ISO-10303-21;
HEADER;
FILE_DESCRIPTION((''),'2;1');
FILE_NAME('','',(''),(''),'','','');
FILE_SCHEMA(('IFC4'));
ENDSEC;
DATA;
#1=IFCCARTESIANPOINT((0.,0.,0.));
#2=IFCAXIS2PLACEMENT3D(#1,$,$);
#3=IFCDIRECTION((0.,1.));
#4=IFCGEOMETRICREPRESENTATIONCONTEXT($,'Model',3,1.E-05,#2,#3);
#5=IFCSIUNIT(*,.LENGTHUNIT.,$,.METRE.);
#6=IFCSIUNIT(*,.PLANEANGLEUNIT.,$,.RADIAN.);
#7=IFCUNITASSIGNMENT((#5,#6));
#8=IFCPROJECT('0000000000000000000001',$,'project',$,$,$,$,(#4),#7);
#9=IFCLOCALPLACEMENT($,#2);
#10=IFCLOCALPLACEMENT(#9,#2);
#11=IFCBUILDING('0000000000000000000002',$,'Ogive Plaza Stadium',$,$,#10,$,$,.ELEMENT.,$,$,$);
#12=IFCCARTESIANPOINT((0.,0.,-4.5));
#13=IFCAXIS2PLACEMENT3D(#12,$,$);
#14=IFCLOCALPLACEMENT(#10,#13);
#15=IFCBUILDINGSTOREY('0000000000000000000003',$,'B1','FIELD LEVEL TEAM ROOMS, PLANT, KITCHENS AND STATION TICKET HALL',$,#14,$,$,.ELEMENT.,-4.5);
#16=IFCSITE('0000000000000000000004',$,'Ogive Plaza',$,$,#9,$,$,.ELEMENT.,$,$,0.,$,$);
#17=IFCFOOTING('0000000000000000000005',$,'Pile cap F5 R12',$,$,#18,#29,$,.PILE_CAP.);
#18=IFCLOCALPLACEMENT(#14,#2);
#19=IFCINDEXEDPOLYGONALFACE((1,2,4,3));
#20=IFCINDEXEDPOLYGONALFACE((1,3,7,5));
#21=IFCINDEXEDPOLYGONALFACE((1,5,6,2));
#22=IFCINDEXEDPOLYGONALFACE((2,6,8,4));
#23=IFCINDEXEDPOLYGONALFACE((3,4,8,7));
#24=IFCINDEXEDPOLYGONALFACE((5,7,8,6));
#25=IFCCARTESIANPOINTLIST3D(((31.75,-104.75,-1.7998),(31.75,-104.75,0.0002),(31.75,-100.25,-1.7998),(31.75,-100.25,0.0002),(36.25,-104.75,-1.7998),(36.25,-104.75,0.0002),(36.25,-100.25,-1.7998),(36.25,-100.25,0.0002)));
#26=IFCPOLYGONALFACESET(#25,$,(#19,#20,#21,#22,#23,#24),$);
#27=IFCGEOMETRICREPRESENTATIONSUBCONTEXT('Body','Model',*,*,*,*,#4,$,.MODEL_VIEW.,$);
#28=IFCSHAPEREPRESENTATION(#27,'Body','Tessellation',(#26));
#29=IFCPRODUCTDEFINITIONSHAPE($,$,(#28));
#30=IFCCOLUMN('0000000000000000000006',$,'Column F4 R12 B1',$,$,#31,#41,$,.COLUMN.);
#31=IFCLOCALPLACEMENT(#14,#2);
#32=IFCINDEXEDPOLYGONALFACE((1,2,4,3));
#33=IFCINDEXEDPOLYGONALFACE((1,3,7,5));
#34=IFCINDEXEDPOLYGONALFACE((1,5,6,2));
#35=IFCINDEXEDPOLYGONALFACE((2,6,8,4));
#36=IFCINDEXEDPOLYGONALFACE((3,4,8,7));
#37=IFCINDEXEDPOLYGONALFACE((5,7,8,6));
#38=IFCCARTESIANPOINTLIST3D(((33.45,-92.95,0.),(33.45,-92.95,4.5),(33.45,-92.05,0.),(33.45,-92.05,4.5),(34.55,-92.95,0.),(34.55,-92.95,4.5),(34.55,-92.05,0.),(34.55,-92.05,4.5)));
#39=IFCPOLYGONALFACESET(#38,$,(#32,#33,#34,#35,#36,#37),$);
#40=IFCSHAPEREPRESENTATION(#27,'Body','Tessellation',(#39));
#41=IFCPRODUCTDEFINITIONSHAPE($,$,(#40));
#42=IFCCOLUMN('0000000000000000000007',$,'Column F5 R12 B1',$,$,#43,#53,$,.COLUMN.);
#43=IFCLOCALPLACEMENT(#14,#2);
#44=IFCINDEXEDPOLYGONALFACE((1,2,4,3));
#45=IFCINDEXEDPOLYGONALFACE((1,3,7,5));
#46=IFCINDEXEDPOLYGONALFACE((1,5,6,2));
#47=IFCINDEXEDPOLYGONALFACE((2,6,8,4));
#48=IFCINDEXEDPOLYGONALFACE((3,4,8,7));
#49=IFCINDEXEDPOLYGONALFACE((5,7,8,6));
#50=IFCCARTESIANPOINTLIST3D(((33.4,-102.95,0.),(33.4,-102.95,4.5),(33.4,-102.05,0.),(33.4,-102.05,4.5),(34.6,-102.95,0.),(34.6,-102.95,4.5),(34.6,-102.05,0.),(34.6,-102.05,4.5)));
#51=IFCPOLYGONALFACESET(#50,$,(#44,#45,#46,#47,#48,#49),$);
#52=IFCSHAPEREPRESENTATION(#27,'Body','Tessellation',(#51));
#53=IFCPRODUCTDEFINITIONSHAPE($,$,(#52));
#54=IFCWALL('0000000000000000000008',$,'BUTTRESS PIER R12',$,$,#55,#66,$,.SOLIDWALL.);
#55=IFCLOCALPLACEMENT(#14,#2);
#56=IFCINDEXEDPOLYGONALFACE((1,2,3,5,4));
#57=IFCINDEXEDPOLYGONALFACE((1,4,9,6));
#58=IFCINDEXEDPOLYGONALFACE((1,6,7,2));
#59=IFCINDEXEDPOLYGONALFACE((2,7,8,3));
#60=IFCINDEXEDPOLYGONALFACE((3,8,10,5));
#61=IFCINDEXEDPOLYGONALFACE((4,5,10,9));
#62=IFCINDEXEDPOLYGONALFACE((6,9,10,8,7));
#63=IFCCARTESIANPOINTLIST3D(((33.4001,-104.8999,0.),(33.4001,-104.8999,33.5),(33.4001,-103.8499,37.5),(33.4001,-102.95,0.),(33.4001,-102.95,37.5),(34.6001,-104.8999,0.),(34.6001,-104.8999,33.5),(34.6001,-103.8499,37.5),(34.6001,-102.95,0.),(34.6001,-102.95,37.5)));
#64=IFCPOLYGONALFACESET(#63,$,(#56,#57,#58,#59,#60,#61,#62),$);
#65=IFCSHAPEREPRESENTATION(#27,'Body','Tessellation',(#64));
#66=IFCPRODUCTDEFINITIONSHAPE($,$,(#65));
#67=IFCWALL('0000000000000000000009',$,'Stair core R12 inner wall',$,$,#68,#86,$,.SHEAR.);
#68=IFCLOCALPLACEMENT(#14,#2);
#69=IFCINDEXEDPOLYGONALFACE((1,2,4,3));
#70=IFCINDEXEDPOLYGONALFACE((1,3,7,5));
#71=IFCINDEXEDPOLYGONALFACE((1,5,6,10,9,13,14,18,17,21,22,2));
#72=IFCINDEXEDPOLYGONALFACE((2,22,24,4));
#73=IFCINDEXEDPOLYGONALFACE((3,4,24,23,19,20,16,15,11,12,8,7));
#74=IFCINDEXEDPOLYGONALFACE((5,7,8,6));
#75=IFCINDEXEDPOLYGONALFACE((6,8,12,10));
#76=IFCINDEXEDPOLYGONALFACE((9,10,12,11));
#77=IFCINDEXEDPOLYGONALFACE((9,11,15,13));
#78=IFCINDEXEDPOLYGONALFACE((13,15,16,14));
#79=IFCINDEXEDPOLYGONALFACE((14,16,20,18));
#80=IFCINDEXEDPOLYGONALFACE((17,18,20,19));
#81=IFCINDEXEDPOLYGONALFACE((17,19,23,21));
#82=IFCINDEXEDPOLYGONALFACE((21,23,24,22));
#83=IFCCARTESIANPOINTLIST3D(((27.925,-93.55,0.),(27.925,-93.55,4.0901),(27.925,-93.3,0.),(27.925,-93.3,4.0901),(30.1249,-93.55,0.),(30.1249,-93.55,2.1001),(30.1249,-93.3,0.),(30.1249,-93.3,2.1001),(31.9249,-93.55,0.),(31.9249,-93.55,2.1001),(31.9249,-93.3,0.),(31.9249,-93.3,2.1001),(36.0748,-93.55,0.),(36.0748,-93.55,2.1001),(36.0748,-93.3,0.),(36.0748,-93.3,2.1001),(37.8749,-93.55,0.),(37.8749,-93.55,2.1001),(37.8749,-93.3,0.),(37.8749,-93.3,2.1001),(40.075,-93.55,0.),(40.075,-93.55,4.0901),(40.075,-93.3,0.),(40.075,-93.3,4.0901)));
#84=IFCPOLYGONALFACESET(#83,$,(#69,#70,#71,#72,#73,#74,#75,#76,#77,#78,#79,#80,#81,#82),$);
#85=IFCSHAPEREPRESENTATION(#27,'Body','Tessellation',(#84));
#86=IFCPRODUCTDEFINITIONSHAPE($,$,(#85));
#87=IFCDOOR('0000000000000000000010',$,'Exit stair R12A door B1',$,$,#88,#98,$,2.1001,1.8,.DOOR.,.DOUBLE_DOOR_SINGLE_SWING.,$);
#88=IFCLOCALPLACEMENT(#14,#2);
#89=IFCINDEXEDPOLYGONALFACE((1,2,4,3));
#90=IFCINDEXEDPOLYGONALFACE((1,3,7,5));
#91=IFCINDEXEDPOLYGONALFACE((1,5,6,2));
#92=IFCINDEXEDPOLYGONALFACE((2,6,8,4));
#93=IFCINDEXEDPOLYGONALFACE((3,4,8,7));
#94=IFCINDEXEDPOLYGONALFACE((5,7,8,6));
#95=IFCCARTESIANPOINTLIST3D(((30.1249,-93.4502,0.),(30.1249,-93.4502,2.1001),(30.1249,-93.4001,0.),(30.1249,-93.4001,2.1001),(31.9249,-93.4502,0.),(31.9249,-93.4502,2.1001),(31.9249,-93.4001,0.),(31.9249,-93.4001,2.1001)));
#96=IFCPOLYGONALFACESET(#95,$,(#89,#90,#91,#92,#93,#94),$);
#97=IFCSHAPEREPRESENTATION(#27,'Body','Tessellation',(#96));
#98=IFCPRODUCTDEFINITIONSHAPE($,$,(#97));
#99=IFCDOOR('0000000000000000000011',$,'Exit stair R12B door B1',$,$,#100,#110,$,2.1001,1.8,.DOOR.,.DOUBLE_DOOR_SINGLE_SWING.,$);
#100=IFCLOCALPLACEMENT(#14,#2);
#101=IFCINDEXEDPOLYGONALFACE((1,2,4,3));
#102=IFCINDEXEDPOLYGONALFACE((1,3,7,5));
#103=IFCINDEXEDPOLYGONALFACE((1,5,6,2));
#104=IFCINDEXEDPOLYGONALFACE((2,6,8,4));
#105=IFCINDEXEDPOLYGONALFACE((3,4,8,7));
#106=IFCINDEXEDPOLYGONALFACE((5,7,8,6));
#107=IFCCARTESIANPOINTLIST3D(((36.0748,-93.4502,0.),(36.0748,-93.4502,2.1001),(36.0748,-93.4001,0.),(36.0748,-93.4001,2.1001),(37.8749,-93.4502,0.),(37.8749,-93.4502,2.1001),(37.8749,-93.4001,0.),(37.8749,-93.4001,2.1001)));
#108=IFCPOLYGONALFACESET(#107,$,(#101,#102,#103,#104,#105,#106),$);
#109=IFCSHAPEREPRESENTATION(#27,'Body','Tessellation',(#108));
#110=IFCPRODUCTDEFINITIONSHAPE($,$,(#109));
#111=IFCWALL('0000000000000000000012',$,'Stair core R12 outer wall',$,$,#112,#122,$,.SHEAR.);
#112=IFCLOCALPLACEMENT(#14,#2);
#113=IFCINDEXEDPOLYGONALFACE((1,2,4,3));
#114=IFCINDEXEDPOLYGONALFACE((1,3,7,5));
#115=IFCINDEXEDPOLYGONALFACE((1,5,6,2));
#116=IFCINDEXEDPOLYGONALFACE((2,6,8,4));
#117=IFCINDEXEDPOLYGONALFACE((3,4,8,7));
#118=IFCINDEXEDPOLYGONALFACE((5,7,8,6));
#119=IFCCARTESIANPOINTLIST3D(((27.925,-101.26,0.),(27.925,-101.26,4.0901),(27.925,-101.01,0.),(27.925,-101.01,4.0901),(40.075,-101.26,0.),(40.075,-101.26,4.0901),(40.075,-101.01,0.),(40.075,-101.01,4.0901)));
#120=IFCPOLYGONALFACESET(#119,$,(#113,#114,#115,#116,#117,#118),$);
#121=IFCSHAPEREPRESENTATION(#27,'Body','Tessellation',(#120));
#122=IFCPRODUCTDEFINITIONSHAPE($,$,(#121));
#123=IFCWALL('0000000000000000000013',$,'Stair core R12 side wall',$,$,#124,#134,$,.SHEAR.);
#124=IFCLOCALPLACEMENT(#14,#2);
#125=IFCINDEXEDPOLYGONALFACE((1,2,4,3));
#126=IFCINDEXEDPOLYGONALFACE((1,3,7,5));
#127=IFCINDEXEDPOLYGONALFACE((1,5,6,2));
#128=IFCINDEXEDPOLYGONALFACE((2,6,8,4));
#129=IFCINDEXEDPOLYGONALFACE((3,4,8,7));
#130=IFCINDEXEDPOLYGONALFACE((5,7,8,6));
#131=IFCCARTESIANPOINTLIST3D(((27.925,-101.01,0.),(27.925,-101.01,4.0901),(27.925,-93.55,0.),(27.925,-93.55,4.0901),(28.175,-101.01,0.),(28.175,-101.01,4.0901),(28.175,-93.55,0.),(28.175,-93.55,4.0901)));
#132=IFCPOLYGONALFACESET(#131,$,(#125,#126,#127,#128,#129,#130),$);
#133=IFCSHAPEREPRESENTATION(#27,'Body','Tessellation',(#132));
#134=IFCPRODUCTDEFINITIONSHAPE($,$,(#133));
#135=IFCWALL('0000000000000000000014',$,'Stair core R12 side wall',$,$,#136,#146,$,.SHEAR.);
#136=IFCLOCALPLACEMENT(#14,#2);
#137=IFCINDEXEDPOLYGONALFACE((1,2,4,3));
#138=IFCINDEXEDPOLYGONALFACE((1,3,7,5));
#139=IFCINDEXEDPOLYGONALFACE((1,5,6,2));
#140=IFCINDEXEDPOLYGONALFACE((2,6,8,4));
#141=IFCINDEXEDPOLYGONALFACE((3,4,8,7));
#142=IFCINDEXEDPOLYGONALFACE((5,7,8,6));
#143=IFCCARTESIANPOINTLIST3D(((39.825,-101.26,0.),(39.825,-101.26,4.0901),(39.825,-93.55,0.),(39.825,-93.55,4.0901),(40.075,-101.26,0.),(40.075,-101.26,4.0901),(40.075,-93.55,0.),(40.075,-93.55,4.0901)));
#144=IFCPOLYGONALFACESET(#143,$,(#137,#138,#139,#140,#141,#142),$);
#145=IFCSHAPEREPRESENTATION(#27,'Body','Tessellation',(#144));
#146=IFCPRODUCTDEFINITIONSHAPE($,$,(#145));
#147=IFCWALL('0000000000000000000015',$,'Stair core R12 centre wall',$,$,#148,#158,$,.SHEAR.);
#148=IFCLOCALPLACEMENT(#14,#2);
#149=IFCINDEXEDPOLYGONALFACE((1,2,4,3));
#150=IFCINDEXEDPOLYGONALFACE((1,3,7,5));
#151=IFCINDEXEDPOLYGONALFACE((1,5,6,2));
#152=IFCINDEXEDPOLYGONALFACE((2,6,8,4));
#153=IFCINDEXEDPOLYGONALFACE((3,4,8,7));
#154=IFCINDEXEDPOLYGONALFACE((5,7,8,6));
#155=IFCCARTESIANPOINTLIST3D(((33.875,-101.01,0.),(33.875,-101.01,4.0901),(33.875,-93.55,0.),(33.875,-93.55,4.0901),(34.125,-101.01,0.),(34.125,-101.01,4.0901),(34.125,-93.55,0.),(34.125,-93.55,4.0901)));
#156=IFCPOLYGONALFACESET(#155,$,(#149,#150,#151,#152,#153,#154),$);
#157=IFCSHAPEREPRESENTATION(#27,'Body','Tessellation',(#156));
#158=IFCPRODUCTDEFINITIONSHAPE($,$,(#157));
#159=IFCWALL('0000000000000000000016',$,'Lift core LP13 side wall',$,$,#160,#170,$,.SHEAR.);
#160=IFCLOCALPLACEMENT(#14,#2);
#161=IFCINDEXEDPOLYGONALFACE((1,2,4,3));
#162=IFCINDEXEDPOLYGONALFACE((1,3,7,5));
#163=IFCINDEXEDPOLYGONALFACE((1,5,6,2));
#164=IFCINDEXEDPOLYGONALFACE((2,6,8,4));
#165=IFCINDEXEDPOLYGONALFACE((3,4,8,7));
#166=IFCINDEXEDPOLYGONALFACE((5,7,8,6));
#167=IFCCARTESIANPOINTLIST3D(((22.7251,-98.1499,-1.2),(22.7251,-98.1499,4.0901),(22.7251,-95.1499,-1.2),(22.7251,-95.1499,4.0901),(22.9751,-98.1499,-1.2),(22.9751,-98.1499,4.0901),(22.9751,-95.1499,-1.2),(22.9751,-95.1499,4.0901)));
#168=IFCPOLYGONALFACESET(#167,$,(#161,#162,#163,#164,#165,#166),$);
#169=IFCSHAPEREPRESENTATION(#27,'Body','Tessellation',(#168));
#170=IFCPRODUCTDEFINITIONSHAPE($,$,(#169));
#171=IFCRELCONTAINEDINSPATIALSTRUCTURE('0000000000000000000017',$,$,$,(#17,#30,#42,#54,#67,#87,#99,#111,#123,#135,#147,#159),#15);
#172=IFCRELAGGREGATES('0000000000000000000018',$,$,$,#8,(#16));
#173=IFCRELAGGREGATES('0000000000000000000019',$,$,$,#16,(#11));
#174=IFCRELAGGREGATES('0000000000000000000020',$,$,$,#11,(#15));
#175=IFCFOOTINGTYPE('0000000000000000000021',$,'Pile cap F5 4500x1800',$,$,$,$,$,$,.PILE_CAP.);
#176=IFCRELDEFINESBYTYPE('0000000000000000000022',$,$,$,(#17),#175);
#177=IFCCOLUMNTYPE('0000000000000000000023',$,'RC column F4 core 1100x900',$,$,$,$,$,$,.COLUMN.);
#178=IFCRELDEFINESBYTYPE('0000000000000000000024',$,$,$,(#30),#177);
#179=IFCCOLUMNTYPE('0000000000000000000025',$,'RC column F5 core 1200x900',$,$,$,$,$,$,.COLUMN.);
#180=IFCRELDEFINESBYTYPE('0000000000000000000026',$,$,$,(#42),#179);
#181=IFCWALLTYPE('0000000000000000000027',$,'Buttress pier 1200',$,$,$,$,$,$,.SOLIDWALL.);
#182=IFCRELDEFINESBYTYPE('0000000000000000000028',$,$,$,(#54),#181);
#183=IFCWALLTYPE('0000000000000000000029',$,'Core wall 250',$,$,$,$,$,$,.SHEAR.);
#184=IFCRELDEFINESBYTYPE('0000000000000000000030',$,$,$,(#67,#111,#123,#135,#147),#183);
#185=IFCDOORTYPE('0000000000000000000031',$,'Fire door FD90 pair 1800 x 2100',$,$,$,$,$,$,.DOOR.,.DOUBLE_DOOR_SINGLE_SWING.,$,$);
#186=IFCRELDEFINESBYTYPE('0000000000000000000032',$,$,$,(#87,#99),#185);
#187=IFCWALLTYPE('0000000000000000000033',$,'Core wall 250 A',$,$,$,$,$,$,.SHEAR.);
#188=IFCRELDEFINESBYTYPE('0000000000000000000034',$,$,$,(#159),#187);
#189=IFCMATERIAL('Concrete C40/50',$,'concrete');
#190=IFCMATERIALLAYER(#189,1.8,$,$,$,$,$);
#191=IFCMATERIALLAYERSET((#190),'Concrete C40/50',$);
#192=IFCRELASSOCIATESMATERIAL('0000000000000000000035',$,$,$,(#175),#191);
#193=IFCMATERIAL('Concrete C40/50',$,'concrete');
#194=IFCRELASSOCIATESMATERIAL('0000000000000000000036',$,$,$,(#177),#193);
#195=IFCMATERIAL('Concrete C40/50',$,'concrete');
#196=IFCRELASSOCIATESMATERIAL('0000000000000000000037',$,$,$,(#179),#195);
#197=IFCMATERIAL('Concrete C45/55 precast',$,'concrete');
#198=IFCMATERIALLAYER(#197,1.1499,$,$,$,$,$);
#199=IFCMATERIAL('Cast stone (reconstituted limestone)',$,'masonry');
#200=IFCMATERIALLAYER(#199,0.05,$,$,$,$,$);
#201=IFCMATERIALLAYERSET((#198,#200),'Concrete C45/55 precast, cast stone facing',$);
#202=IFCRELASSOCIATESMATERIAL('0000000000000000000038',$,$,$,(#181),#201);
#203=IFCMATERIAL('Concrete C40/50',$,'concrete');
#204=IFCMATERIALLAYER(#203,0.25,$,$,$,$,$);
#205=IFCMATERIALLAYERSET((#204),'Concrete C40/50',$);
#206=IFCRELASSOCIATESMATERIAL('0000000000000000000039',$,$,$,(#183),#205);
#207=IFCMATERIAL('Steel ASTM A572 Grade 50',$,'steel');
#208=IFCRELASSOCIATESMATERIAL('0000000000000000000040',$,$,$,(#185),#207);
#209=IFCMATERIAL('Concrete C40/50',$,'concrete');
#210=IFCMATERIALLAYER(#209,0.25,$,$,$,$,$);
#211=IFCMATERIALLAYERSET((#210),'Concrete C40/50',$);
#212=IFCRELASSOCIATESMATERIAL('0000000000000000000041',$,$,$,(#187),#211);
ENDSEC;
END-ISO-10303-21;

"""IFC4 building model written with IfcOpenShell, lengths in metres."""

from ifc_helpers import new_model, si_unit, direction, frame, frame_2d, origin, origin_2d, place, context, subcontext, project, spatial, polyline, rectangle, outline, extrude, material, layer, layer_set, material_profile, profile_set, type_object, element, fill, save


model = new_model("IFC4")

# Units and contexts
model_context = context("Model", 3, precision=1e-05, world=origin(), true_north=direction((0.0, 1.0)))
body_context = subcontext(model_context, "Body", "Model", "MODEL_VIEW")
ifc_project = project(units=[si_unit("LENGTHUNIT", "METRE"), si_unit("PLANEANGLEUNIT", "RADIAN")], contexts=[model_context])

# Site, building, storey
site_placement = place(None, origin())
site = spatial("IfcSite", under=ifc_project, at=site_placement, Name="Ogive Plaza", CompositionType="ELEMENT", RefElevation=0.0)
building_placement = place(site_placement, origin())
building = spatial("IfcBuilding", under=site, at=building_placement, Name="Ogive Plaza Stadium", CompositionType="ELEMENT")
storey_placement = place(building_placement, frame((0.0, 0.0, -4.5)))
storey = spatial("IfcBuildingStorey", under=building, at=storey_placement, Name="B1", Description="FIELD LEVEL TEAM ROOMS, PLANT, KITCHENS AND STATION TICKET HALL", CompositionType="ELEMENT", Elevation=-4.5)

# Footing
ifc_material_1 = material(Name="Concrete C40/50", Category="concrete")
ifc_layer_1 = layer(ifc_material_1, 1.8)
ifc_layer_set_1 = layer_set([ifc_layer_1], Name="Concrete C40/50")
footing_type_1 = type_object("IfcFootingType", Name="Pile cap F5 4500x1800", PredefinedType="PILE_CAP", material=ifc_layer_set_1)
footing_1_placement = place(storey_placement, frame((34.0, -102.5, -1.7998), z_axis=(0.0, 0.0, 1.0), x_axis=(0.0, -1.0, 0.0)))
element("IfcFooting", 1, at=footing_1_placement, inside=storey, type_object=footing_type_1, Name="Pile cap F5 R12", PredefinedType="PILE_CAP", context=body_context, shape_type="SweptSolid", body=[
    extrude(rectangle(XDim=4.5, YDim=4.5, at=origin_2d()), origin(), (0.0, 0.0, 1.0), 1.8),
])

# Columns
ifc_material_2 = material(Name="Concrete C40/50", Category="concrete")
ifc_material_profile_1 = material_profile(ifc_material_2, rectangle(XDim=1.1001, YDim=0.8999, at=origin_2d()), Name="RC 1100x900")
ifc_profile_set_1 = profile_set([ifc_material_profile_1], Name="Concrete C40/50")
column_type_1 = type_object("IfcColumnType", Name="RC column F4 core 1100x900", PredefinedType="COLUMN", material=ifc_profile_set_1)
column_1_placement = place(storey_placement, frame((34.0, -92.5, 0.0), z_axis=(0.0, 0.0, 1.0), x_axis=(1.0, 0.0, 0.0)))
element("IfcColumn", 2, at=column_1_placement, inside=storey, type_object=column_type_1, Name="Column F4 R12 B1", PredefinedType="COLUMN", context=body_context, shape_type="SweptSolid", body=[
    extrude(rectangle(XDim=1.1001, YDim=0.8999, at=origin_2d()), origin(), (0.0, 0.0, 1.0), 4.5),
])
ifc_material_3 = material(Name="Concrete C40/50", Category="concrete")
ifc_material_profile_2 = material_profile(ifc_material_3, rectangle(XDim=1.2, YDim=0.8999, at=origin_2d()), Name="RC 1200x900")
ifc_profile_set_2 = profile_set([ifc_material_profile_2], Name="Concrete C40/50")
column_type_2 = type_object("IfcColumnType", Name="RC column F5 core 1200x900", PredefinedType="COLUMN", material=ifc_profile_set_2)
column_2_placement = place(storey_placement, frame((34.0, -102.5, 0.0), z_axis=(0.0, 0.0, 1.0), x_axis=(1.0, 0.0, 0.0)))
element("IfcColumn", 3, at=column_2_placement, inside=storey, type_object=column_type_2, Name="Column F5 R12 B1", PredefinedType="COLUMN", context=body_context, shape_type="SweptSolid", body=[
    extrude(rectangle(XDim=1.2, YDim=0.8999, at=origin_2d()), origin(), (0.0, 0.0, 1.0), 4.5),
])

# Wall
ifc_material_4 = material(Name="Concrete C45/55 precast", Category="concrete")
ifc_layer_2 = layer(ifc_material_4, 1.1499)
ifc_material_5 = material(Name="Cast stone (reconstituted limestone)", Category="masonry")
ifc_layer_3 = layer(ifc_material_5, 0.05)
ifc_layer_set_2 = layer_set([ifc_layer_2, ifc_layer_3], Name="Concrete C45/55 precast, cast stone facing")
wall_type_1 = type_object("IfcWallType", Name="Buttress pier 1200", PredefinedType="SOLIDWALL", material=ifc_layer_set_2)
wall_1_placement = place(storey_placement, frame((34.0, -102.95, 0.0), z_axis=(0.0, 0.0, 1.0), x_axis=(0.0, -1.0, 0.0)))
element("IfcWall", 4, at=wall_1_placement, inside=storey, type_object=wall_type_1, Name="BUTTRESS PIER R12", PredefinedType="SOLIDWALL", context=body_context, shape_type="SweptSolid", body=[
    extrude(outline(polyline([(0.0, 0.0), (1.95, 0.0), (1.95, 33.5), (0.8999, 37.5), (0.0, 37.5), (0.0, 0.0)])), frame((0.0, 0.6001, 0.0), z_axis=(0.0, -1.0, 0.0), x_axis=(1.0, 0.0, 0.0)), (0.0, 0.0, 1.0), 1.2),
])

# Wall, openings, doors
ifc_material_6 = material(Name="Concrete C40/50", Category="concrete")
ifc_layer_4 = layer(ifc_material_6, 0.25)
ifc_layer_set_3 = layer_set([ifc_layer_4], Name="Concrete C40/50")
wall_type_2 = type_object("IfcWallType", Name="Core wall 250", PredefinedType="SHEAR", material=ifc_layer_set_3)
wall_2_placement = place(storey_placement, frame((27.925, -93.425, 0.0), z_axis=(0.0, 0.0, 1.0), x_axis=(1.0, 0.0, 0.0)))
wall_2 = element("IfcWall", 5, at=wall_2_placement, inside=storey, type_object=wall_type_2, Name="Stair core R12 inner wall", PredefinedType="SHEAR", context=body_context, shape_type="SweptSolid", body=[
    extrude(rectangle(XDim=12.1499, YDim=0.25, at=frame_2d((6.075, 0.0))), origin(), (0.0, 0.0, 1.0), 4.0901),
])
opening_1_placement = place(wall_2_placement, frame((2.2, 0.0, 0.0)))
opening_1 = element("IfcOpeningElement", 6, at=opening_1_placement, cuts=wall_2, PredefinedType="OPENING", context=body_context, shape_type="SweptSolid", body=[
    extrude(rectangle(XDim=1.8, YDim=2.1001, at=frame_2d((0.8999, 1.05))), frame((0.0, 0.125, 0.0), z_axis=(0.0, -1.0, 0.0), x_axis=(1.0, 0.0, 0.0)), (0.0, 0.0, 1.0), 0.25),
])
opening_2_placement = place(wall_2_placement, frame((8.1499, 0.0, 0.0)))
opening_2 = element("IfcOpeningElement", 7, at=opening_2_placement, cuts=wall_2, PredefinedType="OPENING", context=body_context, shape_type="SweptSolid", body=[
    extrude(rectangle(XDim=1.8, YDim=2.1001, at=frame_2d((0.8999, 1.05))), frame((0.0, 0.125, 0.0), z_axis=(0.0, -1.0, 0.0), x_axis=(1.0, 0.0, 0.0)), (0.0, 0.0, 1.0), 0.25),
])
ifc_material_7 = material(Name="Steel ASTM A572 Grade 50", Category="steel")
door_type = type_object("IfcDoorType", Name="Fire door FD90 pair 1800 x 2100", OperationType="DOUBLE_DOOR_SINGLE_SWING", PredefinedType="DOOR", material=ifc_material_7)
door_1_placement = place(opening_1_placement, origin())
door_1 = element("IfcDoor", 8, at=door_1_placement, inside=storey, type_object=door_type, Name="Exit stair R12A door B1", OperationType="DOUBLE_DOOR_SINGLE_SWING", OverallHeight=2.1001, OverallWidth=1.8, PredefinedType="DOOR", context=body_context, shape_type="SweptSolid", body=[
    extrude(rectangle(XDim=1.8, YDim=2.1001, at=frame_2d((0.8999, 1.05))), frame((0.0, 0.0249, 0.0), z_axis=(0.0, -1.0, 0.0), x_axis=(1.0, 0.0, 0.0)), (0.0, 0.0, 1.0), 0.05),
])
fill(opening_1, door_1)
door_2_placement = place(opening_2_placement, origin())
door_2 = element("IfcDoor", 9, at=door_2_placement, inside=storey, type_object=door_type, Name="Exit stair R12B door B1", OperationType="DOUBLE_DOOR_SINGLE_SWING", OverallHeight=2.1001, OverallWidth=1.8, PredefinedType="DOOR", context=body_context, shape_type="SweptSolid", body=[
    extrude(rectangle(XDim=1.8, YDim=2.1001, at=frame_2d((0.8999, 1.05))), frame((0.0, 0.0249, 0.0), z_axis=(0.0, -1.0, 0.0), x_axis=(1.0, 0.0, 0.0)), (0.0, 0.0, 1.0), 0.05),
])
fill(opening_2, door_2)

# Walls
wall_3_placement = place(storey_placement, frame((27.925, -101.135, 0.0), z_axis=(0.0, 0.0, 1.0), x_axis=(1.0, 0.0, 0.0)))
element("IfcWall", 10, at=wall_3_placement, inside=storey, type_object=wall_type_2, Name="Stair core R12 outer wall", PredefinedType="SHEAR", context=body_context, shape_type="SweptSolid", body=[
    extrude(rectangle(XDim=12.1499, YDim=0.25, at=frame_2d((6.075, 0.0))), origin(), (0.0, 0.0, 1.0), 4.0901),
])
wall_4_placement = place(storey_placement, frame((28.05, -93.55, 0.0), z_axis=(0.0, 0.0, 1.0), x_axis=(0.0, -1.0, 0.0)))
element("IfcWall", 11, at=wall_4_placement, inside=storey, type_object=wall_type_2, Name="Stair core R12 side wall", PredefinedType="SHEAR", context=body_context, shape_type="SweptSolid", body=[
    extrude(rectangle(XDim=7.46, YDim=0.25, at=frame_2d((3.73, 0.0))), origin(), (0.0, 0.0, 1.0), 4.0901),
])
wall_5_placement = place(storey_placement, frame((39.95, -93.55, 0.0), z_axis=(0.0, 0.0, 1.0), x_axis=(0.0, -1.0, 0.0)))
element("IfcWall", 12, at=wall_5_placement, inside=storey, type_object=wall_type_2, Name="Stair core R12 side wall", PredefinedType="SHEAR", context=body_context, shape_type="SweptSolid", body=[
    extrude(rectangle(XDim=7.71, YDim=0.25, at=frame_2d((3.855, 0.0))), origin(), (0.0, 0.0, 1.0), 4.0901),
])
wall_6_placement = place(storey_placement, frame((34.0, -93.55, 0.0), z_axis=(0.0, 0.0, 1.0), x_axis=(0.0, -1.0, 0.0)))
element("IfcWall", 13, at=wall_6_placement, inside=storey, type_object=wall_type_2, Name="Stair core R12 centre wall", PredefinedType="SHEAR", context=body_context, shape_type="SweptSolid", body=[
    extrude(rectangle(XDim=7.46, YDim=0.25, at=frame_2d((3.73, 0.0))), origin(), (0.0, 0.0, 1.0), 4.0901),
])
ifc_material_8 = material(Name="Concrete C40/50", Category="concrete")
ifc_layer_5 = layer(ifc_material_8, 0.25)
ifc_layer_set_4 = layer_set([ifc_layer_5], Name="Concrete C40/50")
wall_type_3 = type_object("IfcWallType", Name="Core wall 250 A", PredefinedType="SHEAR", material=ifc_layer_set_4)
wall_7_placement = place(storey_placement, frame((22.8501, -95.1499, -1.2), z_axis=(0.0, 0.0, 1.0), x_axis=(0.0, -1.0, 0.0)))
element("IfcWall", 14, at=wall_7_placement, inside=storey, type_object=wall_type_3, Name="Lift core LP13 side wall", PredefinedType="SHEAR", context=body_context, shape_type="SweptSolid", body=[
    extrude(rectangle(XDim=3.0, YDim=0.25, at=frame_2d((1.5, 0.0))), origin(), (0.0, 0.0, 1.0), 5.29),
])

save(model, "model.ifc")
